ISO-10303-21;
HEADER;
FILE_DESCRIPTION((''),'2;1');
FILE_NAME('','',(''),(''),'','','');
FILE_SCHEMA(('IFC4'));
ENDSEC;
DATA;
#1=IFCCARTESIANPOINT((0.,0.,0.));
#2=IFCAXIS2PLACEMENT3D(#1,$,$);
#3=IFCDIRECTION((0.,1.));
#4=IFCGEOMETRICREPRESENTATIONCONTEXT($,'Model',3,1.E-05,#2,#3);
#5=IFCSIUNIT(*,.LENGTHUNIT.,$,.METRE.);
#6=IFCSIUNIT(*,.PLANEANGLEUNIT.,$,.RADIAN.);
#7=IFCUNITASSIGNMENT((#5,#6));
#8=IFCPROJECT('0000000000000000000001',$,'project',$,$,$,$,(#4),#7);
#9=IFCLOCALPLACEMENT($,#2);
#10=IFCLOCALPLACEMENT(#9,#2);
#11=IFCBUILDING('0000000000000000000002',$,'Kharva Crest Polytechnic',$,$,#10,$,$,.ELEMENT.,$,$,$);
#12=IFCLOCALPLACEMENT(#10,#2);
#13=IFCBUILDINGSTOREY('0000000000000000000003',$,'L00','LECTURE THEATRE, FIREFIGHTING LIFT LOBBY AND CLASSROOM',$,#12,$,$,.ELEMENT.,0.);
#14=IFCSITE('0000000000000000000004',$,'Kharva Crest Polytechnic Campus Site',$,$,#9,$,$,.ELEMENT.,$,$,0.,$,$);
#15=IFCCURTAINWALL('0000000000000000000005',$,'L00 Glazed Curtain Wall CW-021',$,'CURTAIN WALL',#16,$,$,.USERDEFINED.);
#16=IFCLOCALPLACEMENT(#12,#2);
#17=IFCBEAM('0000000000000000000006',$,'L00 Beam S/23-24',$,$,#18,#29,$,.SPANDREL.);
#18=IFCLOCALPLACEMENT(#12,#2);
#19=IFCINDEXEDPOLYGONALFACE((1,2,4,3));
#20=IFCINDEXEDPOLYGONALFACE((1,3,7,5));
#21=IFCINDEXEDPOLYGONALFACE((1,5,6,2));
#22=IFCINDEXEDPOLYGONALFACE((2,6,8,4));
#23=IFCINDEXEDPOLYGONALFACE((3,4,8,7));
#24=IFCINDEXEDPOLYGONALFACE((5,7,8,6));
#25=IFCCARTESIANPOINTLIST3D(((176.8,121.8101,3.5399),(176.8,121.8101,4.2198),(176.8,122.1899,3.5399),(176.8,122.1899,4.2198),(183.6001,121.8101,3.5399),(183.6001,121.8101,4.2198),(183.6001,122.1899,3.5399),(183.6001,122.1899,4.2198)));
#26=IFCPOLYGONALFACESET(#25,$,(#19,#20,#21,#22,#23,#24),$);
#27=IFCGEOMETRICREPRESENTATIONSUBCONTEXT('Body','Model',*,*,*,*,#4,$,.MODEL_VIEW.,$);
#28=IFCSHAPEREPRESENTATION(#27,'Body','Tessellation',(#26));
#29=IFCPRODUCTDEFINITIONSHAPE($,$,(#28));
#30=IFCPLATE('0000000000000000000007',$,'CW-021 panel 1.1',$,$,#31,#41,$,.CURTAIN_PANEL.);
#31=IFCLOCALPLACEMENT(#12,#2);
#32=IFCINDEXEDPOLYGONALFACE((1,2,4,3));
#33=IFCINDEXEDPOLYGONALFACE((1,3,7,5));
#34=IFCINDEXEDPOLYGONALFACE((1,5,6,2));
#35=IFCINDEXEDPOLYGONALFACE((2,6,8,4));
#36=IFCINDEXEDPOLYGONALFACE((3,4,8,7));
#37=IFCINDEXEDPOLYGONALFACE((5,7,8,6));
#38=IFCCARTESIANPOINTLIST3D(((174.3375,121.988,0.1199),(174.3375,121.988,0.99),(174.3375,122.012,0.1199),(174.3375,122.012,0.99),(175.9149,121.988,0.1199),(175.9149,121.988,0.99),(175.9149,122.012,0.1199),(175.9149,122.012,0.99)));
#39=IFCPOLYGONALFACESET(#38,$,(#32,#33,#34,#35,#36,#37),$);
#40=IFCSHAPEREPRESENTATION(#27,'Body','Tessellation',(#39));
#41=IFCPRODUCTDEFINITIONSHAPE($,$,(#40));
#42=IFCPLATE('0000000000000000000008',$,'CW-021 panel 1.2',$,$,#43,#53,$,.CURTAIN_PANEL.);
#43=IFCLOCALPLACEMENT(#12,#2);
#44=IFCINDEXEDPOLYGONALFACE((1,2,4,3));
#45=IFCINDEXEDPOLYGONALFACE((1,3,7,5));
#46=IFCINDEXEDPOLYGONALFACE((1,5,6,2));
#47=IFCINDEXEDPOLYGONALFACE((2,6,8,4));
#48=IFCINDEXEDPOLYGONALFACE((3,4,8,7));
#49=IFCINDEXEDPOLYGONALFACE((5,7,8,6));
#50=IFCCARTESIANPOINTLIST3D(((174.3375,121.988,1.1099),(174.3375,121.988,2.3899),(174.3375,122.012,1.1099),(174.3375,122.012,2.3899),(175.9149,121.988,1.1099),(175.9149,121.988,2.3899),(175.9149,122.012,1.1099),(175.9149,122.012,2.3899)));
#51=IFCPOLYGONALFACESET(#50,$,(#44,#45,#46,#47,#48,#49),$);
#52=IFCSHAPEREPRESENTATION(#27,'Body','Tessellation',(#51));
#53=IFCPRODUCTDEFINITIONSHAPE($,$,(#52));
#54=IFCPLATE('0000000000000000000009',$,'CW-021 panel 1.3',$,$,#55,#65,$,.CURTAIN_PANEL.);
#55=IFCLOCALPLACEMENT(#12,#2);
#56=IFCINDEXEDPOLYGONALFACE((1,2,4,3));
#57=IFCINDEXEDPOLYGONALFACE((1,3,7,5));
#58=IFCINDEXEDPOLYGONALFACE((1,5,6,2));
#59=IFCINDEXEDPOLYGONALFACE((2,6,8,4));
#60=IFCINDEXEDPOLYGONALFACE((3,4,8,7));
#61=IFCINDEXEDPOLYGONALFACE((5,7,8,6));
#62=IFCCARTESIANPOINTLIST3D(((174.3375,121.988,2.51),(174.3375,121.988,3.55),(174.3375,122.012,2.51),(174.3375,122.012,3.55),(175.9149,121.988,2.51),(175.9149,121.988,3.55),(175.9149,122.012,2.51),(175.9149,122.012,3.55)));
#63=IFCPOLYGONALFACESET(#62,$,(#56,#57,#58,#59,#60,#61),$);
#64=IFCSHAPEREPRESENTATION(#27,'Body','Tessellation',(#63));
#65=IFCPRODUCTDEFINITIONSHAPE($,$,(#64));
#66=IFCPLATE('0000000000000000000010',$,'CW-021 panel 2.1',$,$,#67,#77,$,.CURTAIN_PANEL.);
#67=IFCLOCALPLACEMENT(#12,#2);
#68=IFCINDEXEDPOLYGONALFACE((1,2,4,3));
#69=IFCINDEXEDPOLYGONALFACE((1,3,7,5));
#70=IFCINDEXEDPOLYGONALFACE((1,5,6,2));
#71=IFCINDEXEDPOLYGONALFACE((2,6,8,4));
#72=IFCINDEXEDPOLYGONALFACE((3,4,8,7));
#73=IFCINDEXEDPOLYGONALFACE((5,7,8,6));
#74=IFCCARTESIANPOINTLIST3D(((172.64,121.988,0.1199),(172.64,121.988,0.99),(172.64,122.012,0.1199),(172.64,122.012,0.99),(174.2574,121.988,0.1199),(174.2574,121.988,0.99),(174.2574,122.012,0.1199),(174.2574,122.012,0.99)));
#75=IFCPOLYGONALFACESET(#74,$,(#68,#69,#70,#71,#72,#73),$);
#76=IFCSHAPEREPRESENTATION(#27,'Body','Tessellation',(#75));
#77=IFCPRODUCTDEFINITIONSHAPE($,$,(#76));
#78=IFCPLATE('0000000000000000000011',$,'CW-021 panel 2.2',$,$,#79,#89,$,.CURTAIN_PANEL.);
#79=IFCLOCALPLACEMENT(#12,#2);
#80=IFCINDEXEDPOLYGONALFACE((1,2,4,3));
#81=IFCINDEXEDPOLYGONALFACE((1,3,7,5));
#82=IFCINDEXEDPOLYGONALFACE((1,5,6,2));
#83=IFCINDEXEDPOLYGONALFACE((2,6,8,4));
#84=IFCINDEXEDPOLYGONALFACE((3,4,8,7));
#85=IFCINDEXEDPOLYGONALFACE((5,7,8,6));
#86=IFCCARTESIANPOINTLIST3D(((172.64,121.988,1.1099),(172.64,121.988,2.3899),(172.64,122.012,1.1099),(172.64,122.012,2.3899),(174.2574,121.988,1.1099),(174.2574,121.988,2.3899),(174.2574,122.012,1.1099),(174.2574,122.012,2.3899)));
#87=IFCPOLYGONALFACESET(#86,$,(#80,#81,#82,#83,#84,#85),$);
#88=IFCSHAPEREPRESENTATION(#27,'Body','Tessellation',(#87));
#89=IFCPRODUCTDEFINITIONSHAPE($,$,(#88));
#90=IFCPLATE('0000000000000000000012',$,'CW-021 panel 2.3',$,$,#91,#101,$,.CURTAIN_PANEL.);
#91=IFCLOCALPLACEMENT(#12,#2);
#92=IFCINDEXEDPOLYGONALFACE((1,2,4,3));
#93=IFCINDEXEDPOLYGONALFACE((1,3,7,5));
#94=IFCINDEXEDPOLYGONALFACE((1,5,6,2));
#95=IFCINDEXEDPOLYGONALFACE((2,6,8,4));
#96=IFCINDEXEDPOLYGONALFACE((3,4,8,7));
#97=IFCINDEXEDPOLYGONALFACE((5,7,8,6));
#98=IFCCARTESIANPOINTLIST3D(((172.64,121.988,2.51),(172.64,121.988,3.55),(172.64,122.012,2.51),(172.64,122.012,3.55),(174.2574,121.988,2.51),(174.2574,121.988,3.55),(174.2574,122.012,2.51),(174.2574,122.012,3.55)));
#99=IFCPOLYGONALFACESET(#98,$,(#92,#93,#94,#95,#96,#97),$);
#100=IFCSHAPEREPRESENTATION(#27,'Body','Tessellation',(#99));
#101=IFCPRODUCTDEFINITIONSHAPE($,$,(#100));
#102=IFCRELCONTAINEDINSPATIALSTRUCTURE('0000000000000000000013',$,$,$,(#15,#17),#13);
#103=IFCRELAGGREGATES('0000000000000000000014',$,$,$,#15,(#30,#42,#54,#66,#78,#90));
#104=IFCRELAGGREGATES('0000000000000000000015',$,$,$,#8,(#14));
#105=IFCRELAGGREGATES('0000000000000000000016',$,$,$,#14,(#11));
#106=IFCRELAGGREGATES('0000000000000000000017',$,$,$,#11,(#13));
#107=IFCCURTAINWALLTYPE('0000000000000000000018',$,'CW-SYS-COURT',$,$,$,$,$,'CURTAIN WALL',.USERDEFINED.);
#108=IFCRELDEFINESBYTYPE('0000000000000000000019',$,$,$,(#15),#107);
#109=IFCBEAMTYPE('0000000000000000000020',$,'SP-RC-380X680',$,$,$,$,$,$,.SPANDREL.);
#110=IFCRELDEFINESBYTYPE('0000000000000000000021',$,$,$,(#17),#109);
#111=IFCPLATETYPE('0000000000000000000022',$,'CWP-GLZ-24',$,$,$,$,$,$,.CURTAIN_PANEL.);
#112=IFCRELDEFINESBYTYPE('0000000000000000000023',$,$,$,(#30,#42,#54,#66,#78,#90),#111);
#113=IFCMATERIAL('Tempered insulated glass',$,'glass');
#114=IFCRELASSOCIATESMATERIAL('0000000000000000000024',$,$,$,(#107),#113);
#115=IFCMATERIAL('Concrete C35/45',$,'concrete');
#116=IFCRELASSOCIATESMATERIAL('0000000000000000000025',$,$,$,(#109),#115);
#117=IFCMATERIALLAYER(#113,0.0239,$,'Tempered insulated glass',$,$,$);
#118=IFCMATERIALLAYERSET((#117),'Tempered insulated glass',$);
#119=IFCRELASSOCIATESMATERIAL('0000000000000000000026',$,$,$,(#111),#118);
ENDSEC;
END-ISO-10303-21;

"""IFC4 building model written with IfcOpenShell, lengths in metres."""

from ifc_helpers import new_model, si_unit, direction, frame, origin, origin_2d, place, context, subcontext, project, spatial, rectangle, extrude, material, layer, layer_set, material_profile, profile_set, type_object, element, aggregate, save


model = new_model("IFC4")

# Units and contexts
model_context = context("Model", 3, precision=1e-05, world=origin(), true_north=direction((0.0, 1.0)))
body_context = subcontext(model_context, "Body", "Model", "MODEL_VIEW")
ifc_project = project(units=[si_unit("LENGTHUNIT", "METRE"), si_unit("PLANEANGLEUNIT", "RADIAN")], contexts=[model_context])

# Site, building, storey
site_placement = place(None, origin())
site = spatial("IfcSite", under=ifc_project, at=site_placement, Name="Kharva Crest Polytechnic Campus Site", CompositionType="ELEMENT", RefElevation=0.0)
building_placement = place(site_placement, origin())
building = spatial("IfcBuilding", under=site, at=building_placement, Name="Kharva Crest Polytechnic", CompositionType="ELEMENT")
storey_placement = place(building_placement, origin())
storey = spatial("IfcBuildingStorey", under=building, at=storey_placement, Name="L00", Description="LECTURE THEATRE, FIREFIGHTING LIFT LOBBY AND CLASSROOM", CompositionType="ELEMENT", Elevation=0.0)

# Shared definitions
ifc_material_1 = material(Name="Concrete C35/45", Category="concrete")

# Curtain wall
ifc_material_2 = material(Name="Tempered insulated glass", Category="glass")
curtain_wall_type = type_object("IfcCurtainWallType", Name="CW-SYS-COURT", ElementType="CURTAIN WALL", PredefinedType="USERDEFINED", material=ifc_material_2)
curtain_wall_placement = place(storey_placement, origin())
curtain_wall = element("IfcCurtainWall", 1, at=curtain_wall_placement, inside=storey, type_object=curtain_wall_type, Name="L00 Glazed Curtain Wall CW-021", ObjectType="CURTAIN WALL", PredefinedType="USERDEFINED")

# Beam
ifc_material_profile_1 = material_profile(ifc_material_1, rectangle(XDim=0.3799, YDim=0.6799, at=origin_2d()), Name="RECT 380 X 680")
ifc_profile_set_1 = profile_set([ifc_material_profile_1], Name="Concrete C35/45")
beam_type_1 = type_object("IfcBeamType", Name="SP-RC-380X680", PredefinedType="SPANDREL", material=ifc_profile_set_1)
beam_1_placement = place(storey_placement, frame((176.8, 122.0, 3.8799), z_axis=(1.0, 0.0, 0.0), x_axis=(0.0, 1.0, 0.0)))
element("IfcBeam", 2, at=beam_1_placement, inside=storey, type_object=beam_type_1, Name="L00 Beam S/23-24", PredefinedType="SPANDREL", context=body_context, shape_type="SweptSolid", body=[
    extrude(rectangle(XDim=0.3799, YDim=0.6799, at=origin_2d()), origin(), (0.0, 0.0, 1.0), 6.8),
])

# Plates
ifc_layer = layer(ifc_material_2, 0.0239, Name="Tempered insulated glass")
ifc_layer_set = layer_set([ifc_layer], Name="Tempered insulated glass")
plate_type = type_object("IfcPlateType", Name="CWP-GLZ-24", PredefinedType="CURTAIN_PANEL", material=ifc_layer_set)
plate_1_placement = place(storey_placement, frame((175.1262, 122.0, 0.1199), z_axis=(0.0, 0.0, 1.0), x_axis=(-1.0, 0.0, 0.0)))
plate_1 = element("IfcPlate", 3, at=plate_1_placement, type_object=plate_type, Name="CW-021 panel 1.1", PredefinedType="CURTAIN_PANEL", context=body_context, shape_type="SweptSolid", body=[
    extrude(rectangle(XDim=1.5774, YDim=0.0239, at=origin_2d()), origin(), (0.0, 0.0, 1.0), 0.8701),
])
plate_2_placement = place(storey_placement, frame((175.1262, 122.0, 1.1099), z_axis=(0.0, 0.0, 1.0), x_axis=(-1.0, 0.0, 0.0)))
plate_2 = element("IfcPlate", 4, at=plate_2_placement, type_object=plate_type, Name="CW-021 panel 1.2", PredefinedType="CURTAIN_PANEL", context=body_context, shape_type="SweptSolid", body=[
    extrude(rectangle(XDim=1.5774, YDim=0.0239, at=origin_2d()), origin(), (0.0, 0.0, 1.0), 1.28),
])
plate_3_placement = place(storey_placement, frame((175.1262, 122.0, 2.51), z_axis=(0.0, 0.0, 1.0), x_axis=(-1.0, 0.0, 0.0)))
plate_3 = element("IfcPlate", 5, at=plate_3_placement, type_object=plate_type, Name="CW-021 panel 1.3", PredefinedType="CURTAIN_PANEL", context=body_context, shape_type="SweptSolid", body=[
    extrude(rectangle(XDim=1.5774, YDim=0.0239, at=origin_2d()), origin(), (0.0, 0.0, 1.0), 1.04),
])
plate_4_placement = place(storey_placement, frame((173.4487, 122.0, 0.1199), z_axis=(0.0, 0.0, 1.0), x_axis=(-1.0, 0.0, 0.0)))
plate_4 = element("IfcPlate", 6, at=plate_4_placement, type_object=plate_type, Name="CW-021 panel 2.1", PredefinedType="CURTAIN_PANEL", context=body_context, shape_type="SweptSolid", body=[
    extrude(rectangle(XDim=1.6174, YDim=0.0239, at=origin_2d()), origin(), (0.0, 0.0, 1.0), 0.8701),
])
plate_5_placement = place(storey_placement, frame((173.4487, 122.0, 1.1099), z_axis=(0.0, 0.0, 1.0), x_axis=(-1.0, 0.0, 0.0)))
plate_5 = element("IfcPlate", 7, at=plate_5_placement, type_object=plate_type, Name="CW-021 panel 2.2", PredefinedType="CURTAIN_PANEL", context=body_context, shape_type="SweptSolid", body=[
    extrude(rectangle(XDim=1.6174, YDim=0.0239, at=origin_2d()), origin(), (0.0, 0.0, 1.0), 1.28),
])
plate_6_placement = place(storey_placement, frame((173.4487, 122.0, 2.51), z_axis=(0.0, 0.0, 1.0), x_axis=(-1.0, 0.0, 0.0)))
plate_6 = element("IfcPlate", 8, at=plate_6_placement, type_object=plate_type, Name="CW-021 panel 2.3", PredefinedType="CURTAIN_PANEL", context=body_context, shape_type="SweptSolid", body=[
    extrude(rectangle(XDim=1.6174, YDim=0.0239, at=origin_2d()), origin(), (0.0, 0.0, 1.0), 1.04),
])
aggregate(curtain_wall, [plate_1, plate_2, plate_3, plate_4, plate_5, plate_6])

save(model, "model.ifc")
